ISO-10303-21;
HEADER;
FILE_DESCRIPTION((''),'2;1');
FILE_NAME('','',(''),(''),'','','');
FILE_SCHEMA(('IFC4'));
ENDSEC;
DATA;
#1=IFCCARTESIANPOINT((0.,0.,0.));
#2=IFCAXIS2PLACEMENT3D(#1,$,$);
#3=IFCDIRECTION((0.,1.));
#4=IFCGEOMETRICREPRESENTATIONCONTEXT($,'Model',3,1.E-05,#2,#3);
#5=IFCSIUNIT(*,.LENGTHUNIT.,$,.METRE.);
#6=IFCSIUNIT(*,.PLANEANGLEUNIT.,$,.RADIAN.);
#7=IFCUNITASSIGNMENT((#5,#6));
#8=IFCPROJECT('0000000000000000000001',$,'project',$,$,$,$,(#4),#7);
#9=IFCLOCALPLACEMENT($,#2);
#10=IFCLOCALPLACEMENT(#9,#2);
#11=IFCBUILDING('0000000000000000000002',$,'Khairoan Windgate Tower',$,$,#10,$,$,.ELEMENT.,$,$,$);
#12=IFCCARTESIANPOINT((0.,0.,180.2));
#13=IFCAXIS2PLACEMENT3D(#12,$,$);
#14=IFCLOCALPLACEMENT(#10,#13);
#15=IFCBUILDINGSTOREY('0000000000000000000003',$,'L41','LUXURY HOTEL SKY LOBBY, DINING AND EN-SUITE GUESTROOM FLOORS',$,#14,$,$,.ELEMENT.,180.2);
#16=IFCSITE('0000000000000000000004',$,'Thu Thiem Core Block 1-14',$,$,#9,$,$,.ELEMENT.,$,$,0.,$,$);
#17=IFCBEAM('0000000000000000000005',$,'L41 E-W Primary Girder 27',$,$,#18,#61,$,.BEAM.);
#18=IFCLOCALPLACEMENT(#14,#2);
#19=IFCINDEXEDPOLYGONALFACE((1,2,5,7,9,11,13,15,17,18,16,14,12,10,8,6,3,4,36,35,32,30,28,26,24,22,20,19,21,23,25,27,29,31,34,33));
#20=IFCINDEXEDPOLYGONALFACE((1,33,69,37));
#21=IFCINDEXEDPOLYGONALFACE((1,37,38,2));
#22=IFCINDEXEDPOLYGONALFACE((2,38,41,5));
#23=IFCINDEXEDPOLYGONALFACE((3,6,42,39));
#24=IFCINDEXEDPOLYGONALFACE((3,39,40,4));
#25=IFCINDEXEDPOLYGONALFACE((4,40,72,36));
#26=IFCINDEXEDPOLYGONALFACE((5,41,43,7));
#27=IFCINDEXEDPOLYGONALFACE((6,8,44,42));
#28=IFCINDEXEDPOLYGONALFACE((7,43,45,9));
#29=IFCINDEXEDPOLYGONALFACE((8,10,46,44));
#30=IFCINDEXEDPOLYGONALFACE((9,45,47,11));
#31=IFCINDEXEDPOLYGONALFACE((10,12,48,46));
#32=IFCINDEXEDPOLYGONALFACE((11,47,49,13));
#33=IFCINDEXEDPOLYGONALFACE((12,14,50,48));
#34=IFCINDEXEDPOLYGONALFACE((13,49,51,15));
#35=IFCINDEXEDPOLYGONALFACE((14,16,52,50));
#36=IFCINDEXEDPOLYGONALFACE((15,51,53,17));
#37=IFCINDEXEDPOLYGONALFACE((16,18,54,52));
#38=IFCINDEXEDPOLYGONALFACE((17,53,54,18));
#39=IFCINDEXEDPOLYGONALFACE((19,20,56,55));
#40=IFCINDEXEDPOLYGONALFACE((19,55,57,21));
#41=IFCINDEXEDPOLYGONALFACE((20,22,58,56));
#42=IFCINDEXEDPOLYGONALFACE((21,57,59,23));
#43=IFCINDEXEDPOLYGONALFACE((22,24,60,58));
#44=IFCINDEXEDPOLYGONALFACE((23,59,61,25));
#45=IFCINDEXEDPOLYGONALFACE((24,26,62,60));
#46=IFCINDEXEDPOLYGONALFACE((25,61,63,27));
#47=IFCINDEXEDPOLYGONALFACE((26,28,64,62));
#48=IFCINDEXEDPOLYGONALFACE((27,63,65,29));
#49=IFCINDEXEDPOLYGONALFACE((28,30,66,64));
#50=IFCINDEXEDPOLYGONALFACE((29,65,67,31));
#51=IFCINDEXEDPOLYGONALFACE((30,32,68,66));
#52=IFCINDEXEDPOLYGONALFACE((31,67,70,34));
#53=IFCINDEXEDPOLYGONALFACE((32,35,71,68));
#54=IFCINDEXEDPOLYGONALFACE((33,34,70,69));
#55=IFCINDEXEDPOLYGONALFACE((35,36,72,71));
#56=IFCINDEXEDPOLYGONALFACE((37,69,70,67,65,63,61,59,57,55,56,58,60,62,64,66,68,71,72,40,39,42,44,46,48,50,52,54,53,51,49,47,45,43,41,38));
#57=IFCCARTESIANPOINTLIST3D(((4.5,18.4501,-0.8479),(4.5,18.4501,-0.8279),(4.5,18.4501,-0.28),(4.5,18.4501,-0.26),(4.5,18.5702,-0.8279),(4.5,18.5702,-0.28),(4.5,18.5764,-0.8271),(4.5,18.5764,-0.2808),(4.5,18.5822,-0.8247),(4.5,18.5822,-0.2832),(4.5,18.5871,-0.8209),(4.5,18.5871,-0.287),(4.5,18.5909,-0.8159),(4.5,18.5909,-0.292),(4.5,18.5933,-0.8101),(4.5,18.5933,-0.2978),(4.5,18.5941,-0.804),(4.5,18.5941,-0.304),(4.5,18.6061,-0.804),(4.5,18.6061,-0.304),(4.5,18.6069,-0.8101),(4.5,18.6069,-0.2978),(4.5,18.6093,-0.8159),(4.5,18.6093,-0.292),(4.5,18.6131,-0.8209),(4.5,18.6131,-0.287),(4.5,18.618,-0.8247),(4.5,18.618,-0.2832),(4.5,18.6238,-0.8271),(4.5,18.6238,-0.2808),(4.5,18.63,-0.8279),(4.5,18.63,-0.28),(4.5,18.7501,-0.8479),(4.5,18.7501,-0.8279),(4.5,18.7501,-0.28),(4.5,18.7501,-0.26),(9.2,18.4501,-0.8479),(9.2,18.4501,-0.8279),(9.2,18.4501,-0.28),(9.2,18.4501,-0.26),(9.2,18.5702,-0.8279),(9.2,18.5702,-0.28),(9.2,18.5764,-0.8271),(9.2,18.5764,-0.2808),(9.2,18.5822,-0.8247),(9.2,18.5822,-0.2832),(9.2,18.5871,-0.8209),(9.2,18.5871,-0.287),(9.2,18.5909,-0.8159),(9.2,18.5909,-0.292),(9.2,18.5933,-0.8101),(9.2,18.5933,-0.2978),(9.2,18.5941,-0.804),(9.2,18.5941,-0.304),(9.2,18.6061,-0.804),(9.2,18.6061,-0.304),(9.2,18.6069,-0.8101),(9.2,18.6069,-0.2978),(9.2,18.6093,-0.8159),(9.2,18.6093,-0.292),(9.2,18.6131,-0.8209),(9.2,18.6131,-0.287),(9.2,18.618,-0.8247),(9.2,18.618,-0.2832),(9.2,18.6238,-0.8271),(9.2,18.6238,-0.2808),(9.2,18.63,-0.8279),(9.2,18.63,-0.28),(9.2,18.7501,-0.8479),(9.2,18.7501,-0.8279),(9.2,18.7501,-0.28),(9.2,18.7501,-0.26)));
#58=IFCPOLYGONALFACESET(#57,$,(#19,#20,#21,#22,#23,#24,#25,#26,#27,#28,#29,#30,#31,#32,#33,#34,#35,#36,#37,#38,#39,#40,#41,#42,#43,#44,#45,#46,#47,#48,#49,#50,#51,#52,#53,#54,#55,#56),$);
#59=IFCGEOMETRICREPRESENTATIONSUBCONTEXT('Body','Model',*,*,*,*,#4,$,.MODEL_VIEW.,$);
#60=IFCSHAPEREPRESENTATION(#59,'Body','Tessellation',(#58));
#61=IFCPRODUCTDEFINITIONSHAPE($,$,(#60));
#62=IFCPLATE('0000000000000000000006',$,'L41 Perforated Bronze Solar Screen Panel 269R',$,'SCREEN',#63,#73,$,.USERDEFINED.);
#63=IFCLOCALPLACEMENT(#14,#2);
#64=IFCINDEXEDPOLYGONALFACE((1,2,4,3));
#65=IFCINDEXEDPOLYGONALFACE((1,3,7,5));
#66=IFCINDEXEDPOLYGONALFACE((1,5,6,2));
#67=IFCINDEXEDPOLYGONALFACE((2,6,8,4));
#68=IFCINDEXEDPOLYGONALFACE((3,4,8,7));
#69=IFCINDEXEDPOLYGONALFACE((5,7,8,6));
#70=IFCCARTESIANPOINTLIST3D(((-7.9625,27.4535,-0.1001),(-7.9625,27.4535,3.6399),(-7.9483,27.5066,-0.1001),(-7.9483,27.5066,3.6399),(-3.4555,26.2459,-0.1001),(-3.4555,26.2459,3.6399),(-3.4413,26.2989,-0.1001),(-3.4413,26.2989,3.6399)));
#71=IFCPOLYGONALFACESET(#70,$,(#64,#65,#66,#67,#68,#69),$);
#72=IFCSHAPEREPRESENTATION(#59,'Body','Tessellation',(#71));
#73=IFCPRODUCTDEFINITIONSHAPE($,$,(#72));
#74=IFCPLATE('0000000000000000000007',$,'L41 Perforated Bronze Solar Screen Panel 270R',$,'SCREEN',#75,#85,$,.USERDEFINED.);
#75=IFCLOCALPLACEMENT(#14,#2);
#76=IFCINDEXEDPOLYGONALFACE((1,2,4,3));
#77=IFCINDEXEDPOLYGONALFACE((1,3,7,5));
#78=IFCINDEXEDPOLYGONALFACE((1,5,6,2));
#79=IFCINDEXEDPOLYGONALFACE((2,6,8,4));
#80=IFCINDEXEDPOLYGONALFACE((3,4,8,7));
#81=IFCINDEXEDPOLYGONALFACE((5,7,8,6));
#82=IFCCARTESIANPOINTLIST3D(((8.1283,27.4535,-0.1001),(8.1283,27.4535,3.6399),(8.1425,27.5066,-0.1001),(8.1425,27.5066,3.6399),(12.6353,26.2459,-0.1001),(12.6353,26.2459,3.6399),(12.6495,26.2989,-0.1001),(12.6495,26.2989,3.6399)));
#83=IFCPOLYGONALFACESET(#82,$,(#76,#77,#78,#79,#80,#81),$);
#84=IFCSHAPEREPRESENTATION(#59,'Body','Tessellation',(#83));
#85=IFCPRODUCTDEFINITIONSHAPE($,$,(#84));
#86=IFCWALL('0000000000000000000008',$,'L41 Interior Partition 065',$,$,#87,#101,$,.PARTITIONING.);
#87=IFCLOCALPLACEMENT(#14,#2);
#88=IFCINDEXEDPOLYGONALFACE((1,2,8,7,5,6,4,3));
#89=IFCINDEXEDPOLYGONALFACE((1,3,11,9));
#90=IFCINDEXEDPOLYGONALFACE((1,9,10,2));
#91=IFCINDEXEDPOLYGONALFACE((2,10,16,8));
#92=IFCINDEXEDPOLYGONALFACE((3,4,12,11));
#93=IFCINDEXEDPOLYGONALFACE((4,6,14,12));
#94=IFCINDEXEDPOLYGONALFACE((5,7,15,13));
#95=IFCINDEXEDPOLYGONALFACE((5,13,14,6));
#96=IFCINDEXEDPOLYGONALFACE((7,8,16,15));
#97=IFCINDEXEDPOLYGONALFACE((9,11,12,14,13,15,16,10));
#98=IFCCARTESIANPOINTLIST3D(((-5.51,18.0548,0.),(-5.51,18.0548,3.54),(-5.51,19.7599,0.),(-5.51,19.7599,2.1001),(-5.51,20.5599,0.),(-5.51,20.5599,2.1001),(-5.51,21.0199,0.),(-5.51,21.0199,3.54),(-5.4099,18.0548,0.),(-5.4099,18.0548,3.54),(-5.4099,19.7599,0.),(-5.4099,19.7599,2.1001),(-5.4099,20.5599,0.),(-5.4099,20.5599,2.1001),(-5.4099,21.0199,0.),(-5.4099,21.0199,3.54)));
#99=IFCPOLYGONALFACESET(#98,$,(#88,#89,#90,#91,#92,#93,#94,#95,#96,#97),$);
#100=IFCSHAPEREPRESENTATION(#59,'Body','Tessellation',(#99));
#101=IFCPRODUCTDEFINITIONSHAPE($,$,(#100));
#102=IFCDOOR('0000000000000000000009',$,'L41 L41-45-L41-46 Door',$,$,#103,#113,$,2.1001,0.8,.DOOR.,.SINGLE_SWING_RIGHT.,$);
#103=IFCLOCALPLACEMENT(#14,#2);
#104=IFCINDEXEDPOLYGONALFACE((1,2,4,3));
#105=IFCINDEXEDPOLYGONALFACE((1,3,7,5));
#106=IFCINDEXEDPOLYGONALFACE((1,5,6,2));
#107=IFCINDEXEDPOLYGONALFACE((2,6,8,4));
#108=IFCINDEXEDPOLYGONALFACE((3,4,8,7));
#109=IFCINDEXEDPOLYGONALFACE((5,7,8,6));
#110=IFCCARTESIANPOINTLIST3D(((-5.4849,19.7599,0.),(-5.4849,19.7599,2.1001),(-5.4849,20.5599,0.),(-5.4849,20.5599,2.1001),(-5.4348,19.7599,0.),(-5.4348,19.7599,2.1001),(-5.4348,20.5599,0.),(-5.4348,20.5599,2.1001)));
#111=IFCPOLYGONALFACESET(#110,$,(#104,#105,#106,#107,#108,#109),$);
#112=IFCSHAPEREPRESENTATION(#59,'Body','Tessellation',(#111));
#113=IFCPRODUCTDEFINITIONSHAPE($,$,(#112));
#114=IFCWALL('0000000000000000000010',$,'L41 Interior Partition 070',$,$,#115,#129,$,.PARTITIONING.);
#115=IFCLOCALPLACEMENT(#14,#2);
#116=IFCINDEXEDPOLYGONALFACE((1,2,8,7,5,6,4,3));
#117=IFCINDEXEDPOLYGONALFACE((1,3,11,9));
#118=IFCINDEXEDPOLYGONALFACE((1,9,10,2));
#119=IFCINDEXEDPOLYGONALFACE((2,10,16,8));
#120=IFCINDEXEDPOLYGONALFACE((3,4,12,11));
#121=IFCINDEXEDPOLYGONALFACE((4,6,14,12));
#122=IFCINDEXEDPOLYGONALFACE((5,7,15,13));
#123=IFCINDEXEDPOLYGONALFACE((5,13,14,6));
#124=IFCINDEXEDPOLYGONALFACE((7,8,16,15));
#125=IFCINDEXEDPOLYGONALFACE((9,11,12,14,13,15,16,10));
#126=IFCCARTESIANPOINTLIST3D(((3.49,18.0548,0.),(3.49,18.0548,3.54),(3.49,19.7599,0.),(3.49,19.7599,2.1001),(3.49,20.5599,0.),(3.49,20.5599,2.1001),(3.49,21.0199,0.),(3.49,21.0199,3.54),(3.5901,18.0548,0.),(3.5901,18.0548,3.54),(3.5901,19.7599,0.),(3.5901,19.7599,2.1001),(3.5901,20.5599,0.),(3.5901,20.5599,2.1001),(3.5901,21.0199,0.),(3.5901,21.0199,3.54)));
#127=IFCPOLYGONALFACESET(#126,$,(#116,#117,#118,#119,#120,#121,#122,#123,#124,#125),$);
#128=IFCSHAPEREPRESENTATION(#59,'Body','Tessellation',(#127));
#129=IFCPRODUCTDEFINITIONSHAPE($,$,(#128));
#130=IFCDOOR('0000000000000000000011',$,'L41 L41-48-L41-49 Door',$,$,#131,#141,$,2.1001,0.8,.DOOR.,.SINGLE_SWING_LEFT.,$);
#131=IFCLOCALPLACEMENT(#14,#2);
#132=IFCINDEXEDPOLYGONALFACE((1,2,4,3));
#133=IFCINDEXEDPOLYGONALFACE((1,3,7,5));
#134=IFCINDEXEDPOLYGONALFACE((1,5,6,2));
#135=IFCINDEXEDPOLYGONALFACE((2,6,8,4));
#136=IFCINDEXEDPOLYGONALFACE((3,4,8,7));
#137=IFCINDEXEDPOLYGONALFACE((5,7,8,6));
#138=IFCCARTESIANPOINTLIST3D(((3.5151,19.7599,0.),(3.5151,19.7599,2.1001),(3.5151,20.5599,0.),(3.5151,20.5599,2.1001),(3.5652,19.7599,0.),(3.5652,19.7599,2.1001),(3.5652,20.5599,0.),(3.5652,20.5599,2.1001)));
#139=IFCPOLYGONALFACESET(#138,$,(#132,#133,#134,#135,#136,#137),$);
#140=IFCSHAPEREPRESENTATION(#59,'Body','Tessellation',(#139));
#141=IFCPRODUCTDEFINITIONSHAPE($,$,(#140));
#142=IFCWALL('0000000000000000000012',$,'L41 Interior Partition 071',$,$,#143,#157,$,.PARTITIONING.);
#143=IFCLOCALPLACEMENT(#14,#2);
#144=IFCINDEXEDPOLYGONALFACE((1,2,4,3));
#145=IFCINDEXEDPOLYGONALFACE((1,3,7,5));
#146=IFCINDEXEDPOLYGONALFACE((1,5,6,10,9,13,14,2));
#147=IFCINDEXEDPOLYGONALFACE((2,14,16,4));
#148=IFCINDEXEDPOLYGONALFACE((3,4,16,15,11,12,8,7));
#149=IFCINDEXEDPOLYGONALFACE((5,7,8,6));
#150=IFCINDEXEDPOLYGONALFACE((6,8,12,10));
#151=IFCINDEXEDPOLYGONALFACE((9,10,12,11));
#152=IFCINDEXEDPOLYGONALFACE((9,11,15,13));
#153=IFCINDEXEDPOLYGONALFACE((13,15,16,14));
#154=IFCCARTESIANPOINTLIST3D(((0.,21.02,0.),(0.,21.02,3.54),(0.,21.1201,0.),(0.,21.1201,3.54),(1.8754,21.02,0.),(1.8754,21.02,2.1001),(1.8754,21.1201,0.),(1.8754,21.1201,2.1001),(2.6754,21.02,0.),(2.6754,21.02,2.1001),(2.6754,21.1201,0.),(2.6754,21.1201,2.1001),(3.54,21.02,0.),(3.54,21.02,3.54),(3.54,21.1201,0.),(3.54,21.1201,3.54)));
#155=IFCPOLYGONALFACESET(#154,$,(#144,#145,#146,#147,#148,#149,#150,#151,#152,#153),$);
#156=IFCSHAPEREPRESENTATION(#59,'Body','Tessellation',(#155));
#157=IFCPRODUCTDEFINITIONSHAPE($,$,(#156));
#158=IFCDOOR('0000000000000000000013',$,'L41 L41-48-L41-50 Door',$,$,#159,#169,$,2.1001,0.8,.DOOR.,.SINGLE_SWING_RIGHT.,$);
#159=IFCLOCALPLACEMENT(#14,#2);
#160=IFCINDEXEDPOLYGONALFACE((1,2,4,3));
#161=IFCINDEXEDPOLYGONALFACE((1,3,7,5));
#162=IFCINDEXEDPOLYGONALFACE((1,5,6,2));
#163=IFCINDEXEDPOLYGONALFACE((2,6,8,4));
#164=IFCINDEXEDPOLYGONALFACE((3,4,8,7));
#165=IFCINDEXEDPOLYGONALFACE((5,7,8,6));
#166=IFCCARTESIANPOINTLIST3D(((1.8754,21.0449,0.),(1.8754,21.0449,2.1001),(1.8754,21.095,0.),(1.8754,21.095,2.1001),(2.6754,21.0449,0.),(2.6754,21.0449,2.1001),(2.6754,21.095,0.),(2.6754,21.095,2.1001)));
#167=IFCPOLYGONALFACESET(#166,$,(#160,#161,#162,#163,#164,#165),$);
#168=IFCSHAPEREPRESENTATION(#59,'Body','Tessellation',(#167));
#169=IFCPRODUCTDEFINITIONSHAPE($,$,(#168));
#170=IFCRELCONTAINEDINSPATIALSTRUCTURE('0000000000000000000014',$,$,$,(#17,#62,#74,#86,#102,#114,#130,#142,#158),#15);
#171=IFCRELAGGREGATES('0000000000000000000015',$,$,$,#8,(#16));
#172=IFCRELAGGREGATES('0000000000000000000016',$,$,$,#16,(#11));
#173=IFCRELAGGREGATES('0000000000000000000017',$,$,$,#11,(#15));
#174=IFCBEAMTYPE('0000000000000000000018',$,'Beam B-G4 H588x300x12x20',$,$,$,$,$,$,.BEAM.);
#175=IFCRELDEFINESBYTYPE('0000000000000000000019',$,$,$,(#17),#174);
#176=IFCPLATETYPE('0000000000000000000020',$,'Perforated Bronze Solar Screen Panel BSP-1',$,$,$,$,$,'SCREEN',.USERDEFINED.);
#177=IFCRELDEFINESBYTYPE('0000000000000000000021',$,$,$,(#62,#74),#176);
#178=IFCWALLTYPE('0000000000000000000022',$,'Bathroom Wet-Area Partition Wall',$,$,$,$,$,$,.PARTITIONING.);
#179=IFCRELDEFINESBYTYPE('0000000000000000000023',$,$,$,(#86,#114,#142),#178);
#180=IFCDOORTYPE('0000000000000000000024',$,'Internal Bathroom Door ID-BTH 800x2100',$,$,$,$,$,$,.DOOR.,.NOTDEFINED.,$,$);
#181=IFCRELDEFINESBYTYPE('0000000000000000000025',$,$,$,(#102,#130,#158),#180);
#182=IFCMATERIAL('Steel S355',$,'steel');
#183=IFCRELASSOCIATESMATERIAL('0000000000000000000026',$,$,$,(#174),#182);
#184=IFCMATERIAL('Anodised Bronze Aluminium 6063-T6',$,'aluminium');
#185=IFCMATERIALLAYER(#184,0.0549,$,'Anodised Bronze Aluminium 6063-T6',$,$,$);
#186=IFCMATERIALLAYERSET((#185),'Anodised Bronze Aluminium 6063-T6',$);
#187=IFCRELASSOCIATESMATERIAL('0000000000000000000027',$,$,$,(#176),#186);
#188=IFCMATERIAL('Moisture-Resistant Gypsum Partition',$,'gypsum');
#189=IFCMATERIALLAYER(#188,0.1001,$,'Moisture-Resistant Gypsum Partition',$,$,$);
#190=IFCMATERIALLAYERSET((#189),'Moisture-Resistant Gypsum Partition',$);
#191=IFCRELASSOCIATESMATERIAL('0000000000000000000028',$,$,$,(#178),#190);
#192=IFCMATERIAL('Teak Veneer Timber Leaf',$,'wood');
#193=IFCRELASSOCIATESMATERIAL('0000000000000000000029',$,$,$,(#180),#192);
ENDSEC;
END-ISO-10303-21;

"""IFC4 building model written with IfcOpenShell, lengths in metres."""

from ifc_helpers import new_model, si_unit, direction, frame, frame_2d, origin, origin_2d, place, context, subcontext, project, spatial, rectangle, i_section, extrude, material, layer, layer_set, material_profile, profile_set, type_object, element, fill, save


model = new_model("IFC4")

# Units and contexts
model_context = context("Model", 3, precision=1e-05, world=origin(), true_north=direction((0.0, 1.0)))
body_context = subcontext(model_context, "Body", "Model", "MODEL_VIEW")
ifc_project = project(units=[si_unit("LENGTHUNIT", "METRE"), si_unit("PLANEANGLEUNIT", "RADIAN")], contexts=[model_context])

# Site, building, storey
site_placement = place(None, origin())
site = spatial("IfcSite", under=ifc_project, at=site_placement, Name="Thu Thiem Core Block 1-14", CompositionType="ELEMENT", RefElevation=0.0)
building_placement = place(site_placement, origin())
building = spatial("IfcBuilding", under=site, at=building_placement, Name="Khairoan Windgate Tower", CompositionType="ELEMENT")
storey_placement = place(building_placement, frame((0.0, 0.0, 180.2)))
storey = spatial("IfcBuildingStorey", under=building, at=storey_placement, Name="L41", Description="LUXURY HOTEL SKY LOBBY, DINING AND EN-SUITE GUESTROOM FLOORS", CompositionType="ELEMENT", Elevation=180.2)

# Beam
ifc_material_1 = material(Name="Steel S355", Category="steel")
ifc_material_profile_1 = material_profile(ifc_material_1, i_section(OverallWidth=0.3, OverallDepth=0.5879, WebThickness=0.012, FlangeThickness=0.02, FilletRadius=0.0239, at=origin_2d()))
ifc_profile_set_1 = profile_set([ifc_material_profile_1], Name="Steel S355")
beam_type = type_object("IfcBeamType", Name="Beam B-G4 H588x300x12x20", PredefinedType="BEAM", material=ifc_profile_set_1)
beam_placement = place(storey_placement, frame((4.5, 18.6001, -0.554), z_axis=(1.0, 0.0, 0.0), x_axis=(0.0, 1.0, 0.0)))
element("IfcBeam", 1, at=beam_placement, inside=storey, type_object=beam_type, Name="L41 E-W Primary Girder 27", PredefinedType="BEAM", context=body_context, shape_type="SweptSolid", body=[
    extrude(i_section(OverallWidth=0.3, OverallDepth=0.5879, WebThickness=0.012, FlangeThickness=0.02, FilletRadius=0.0239, at=origin_2d()), origin(), (0.0, 0.0, 1.0), 4.7),
])

# Plates
ifc_material_2 = material(Name="Anodised Bronze Aluminium 6063-T6", Category="aluminium")
ifc_layer_1 = layer(ifc_material_2, 0.0549, Name="Anodised Bronze Aluminium 6063-T6")
ifc_layer_set_1 = layer_set([ifc_layer_1], Name="Anodised Bronze Aluminium 6063-T6")
plate_type = type_object("IfcPlateType", Name="Perforated Bronze Solar Screen Panel BSP-1", ElementType="SCREEN", PredefinedType="USERDEFINED", material=ifc_layer_set_1)
for number, where, z_axis, x_axis, name in (
    (2, (-5.7019, 26.8762, -0.1001), (0.0, 0.0, 1.0), (0.965926, -0.258819, 0.0), "L41 Perforated Bronze Solar Screen Panel 269R"),
    (3, (10.3889, 26.8762, -0.1001), (0.0, 0.0, 1.0), (0.965926, -0.258819, 0.0), "L41 Perforated Bronze Solar Screen Panel 270R"),
):
    element("IfcPlate", number, at=place(storey_placement, frame(where, z_axis=z_axis, x_axis=x_axis)), inside=storey, type_object=plate_type, Name=name, ObjectType="SCREEN", PredefinedType="USERDEFINED", context=body_context, shape_type="SweptSolid", body=[
        extrude(rectangle(XDim=4.666, YDim=0.0549, at=origin_2d()), origin(), (0.0, 0.0, 1.0), 3.74),
    ])

# Walls, openings, doors
ifc_material_3 = material(Name="Moisture-Resistant Gypsum Partition", Category="gypsum")
ifc_layer_2 = layer(ifc_material_3, 0.1001, Name="Moisture-Resistant Gypsum Partition")
ifc_layer_set_2 = layer_set([ifc_layer_2], Name="Moisture-Resistant Gypsum Partition")
wall_type_1 = type_object("IfcWallType", Name="Bathroom Wet-Area Partition Wall", PredefinedType="PARTITIONING", material=ifc_layer_set_2)
wall_1_placement = place(storey_placement, frame((-5.46, 18.0549, 0.0), z_axis=(0.0, 0.0, 1.0), x_axis=(0.0, 1.0, 0.0)))
wall_1 = element("IfcWall", 4, at=wall_1_placement, inside=storey, type_object=wall_type_1, Name="L41 Interior Partition 065", PredefinedType="PARTITIONING", context=body_context, shape_type="SweptSolid", body=[
    extrude(rectangle(XDim=2.9651, YDim=0.1001, at=frame_2d((1.4824, 0.0))), origin(), (0.0, 0.0, 1.0), 3.54),
])
opening_1_placement = place(wall_1_placement, frame((1.7051, 0.0, 0.0)))
opening_1 = element("IfcOpeningElement", 5, at=opening_1_placement, cuts=wall_1, PredefinedType="OPENING", context=body_context, shape_type="SweptSolid", body=[
    extrude(rectangle(XDim=0.8, YDim=2.1001, at=frame_2d((0.3999, 1.05))), frame((0.0, 0.0601, 0.0), z_axis=(0.0, -1.0, 0.0), x_axis=(1.0, 0.0, 0.0)), (0.0, 0.0, 1.0), 0.1201),
])
ifc_material_4 = material(Name="Teak Veneer Timber Leaf", Category="wood")
door_type_1 = type_object("IfcDoorType", Name="Internal Bathroom Door ID-BTH 800x2100", OperationType="NOTDEFINED", PredefinedType="DOOR", material=ifc_material_4)
door_1_placement = place(opening_1_placement, origin())
door_1 = element("IfcDoor", 6, at=door_1_placement, inside=storey, type_object=door_type_1, Name="L41 L41-45-L41-46 Door", OperationType="SINGLE_SWING_RIGHT", OverallHeight=2.1001, OverallWidth=0.8, PredefinedType="DOOR", context=body_context, shape_type="SweptSolid", body=[
    extrude(rectangle(XDim=0.8, YDim=2.1001, at=frame_2d((0.3999, 1.05))), frame((0.0, 0.0249, 0.0), z_axis=(0.0, -1.0, 0.0), x_axis=(1.0, 0.0, 0.0)), (0.0, 0.0, 1.0), 0.05),
])
fill(opening_1, door_1)
wall_2_placement = place(storey_placement, frame((3.54, 18.0549, 0.0), z_axis=(0.0, 0.0, 1.0), x_axis=(0.0, 1.0, 0.0)))
wall_2 = element("IfcWall", 7, at=wall_2_placement, inside=storey, type_object=wall_type_1, Name="L41 Interior Partition 070", PredefinedType="PARTITIONING", context=body_context, shape_type="SweptSolid", body=[
    extrude(rectangle(XDim=2.9651, YDim=0.1001, at=frame_2d((1.4824, 0.0))), origin(), (0.0, 0.0, 1.0), 3.54),
])
opening_2_placement = place(wall_2_placement, frame((1.7051, 0.0, 0.0)))
opening_2 = element("IfcOpeningElement", 8, at=opening_2_placement, cuts=wall_2, PredefinedType="OPENING", context=body_context, shape_type="SweptSolid", body=[
    extrude(rectangle(XDim=0.8, YDim=2.1001, at=frame_2d((0.3999, 1.05))), frame((0.0, 0.0601, 0.0), z_axis=(0.0, -1.0, 0.0), x_axis=(1.0, 0.0, 0.0)), (0.0, 0.0, 1.0), 0.1201),
])
door_2_placement = place(opening_2_placement, origin())
door_2 = element("IfcDoor", 9, at=door_2_placement, inside=storey, type_object=door_type_1, Name="L41 L41-48-L41-49 Door", OperationType="SINGLE_SWING_LEFT", OverallHeight=2.1001, OverallWidth=0.8, PredefinedType="DOOR", context=body_context, shape_type="SweptSolid", body=[
    extrude(rectangle(XDim=0.8, YDim=2.1001, at=frame_2d((0.3999, 1.05))), frame((0.0, 0.0249, 0.0), z_axis=(0.0, -1.0, 0.0), x_axis=(1.0, 0.0, 0.0)), (0.0, 0.0, 1.0), 0.05),
])
fill(opening_2, door_2)
wall_3_placement = place(storey_placement, frame((0.0, 21.0701, 0.0), z_axis=(0.0, 0.0, 1.0), x_axis=(1.0, 0.0, 0.0)))
wall_3 = element("IfcWall", 10, at=wall_3_placement, inside=storey, type_object=wall_type_1, Name="L41 Interior Partition 071", PredefinedType="PARTITIONING", context=body_context, shape_type="SweptSolid", body=[
    extrude(rectangle(XDim=3.54, YDim=0.1001, at=frame_2d((1.77, 0.0))), origin(), (0.0, 0.0, 1.0), 3.54),
])
opening_3_placement = place(wall_3_placement, frame((1.8755, 0.0, 0.0)))
opening_3 = element("IfcOpeningElement", 11, at=opening_3_placement, cuts=wall_3, PredefinedType="OPENING", context=body_context, shape_type="SweptSolid", body=[
    extrude(rectangle(XDim=0.8, YDim=2.1001, at=frame_2d((0.3999, 1.05))), frame((0.0, 0.0601, 0.0), z_axis=(0.0, -1.0, 0.0), x_axis=(1.0, 0.0, 0.0)), (0.0, 0.0, 1.0), 0.1201),
])
door_3_placement = place(opening_3_placement, origin())
door_3 = element("IfcDoor", 12, at=door_3_placement, inside=storey, type_object=door_type_1, Name="L41 L41-48-L41-50 Door", OperationType="SINGLE_SWING_RIGHT", OverallHeight=2.1001, OverallWidth=0.8, PredefinedType="DOOR", context=body_context, shape_type="SweptSolid", body=[
    extrude(rectangle(XDim=0.8, YDim=2.1001, at=frame_2d((0.3999, 1.05))), frame((0.0, 0.0249, 0.0), z_axis=(0.0, -1.0, 0.0), x_axis=(1.0, 0.0, 0.0)), (0.0, 0.0, 1.0), 0.05),
])
fill(opening_3, door_3)

save(model, "model.ifc")
